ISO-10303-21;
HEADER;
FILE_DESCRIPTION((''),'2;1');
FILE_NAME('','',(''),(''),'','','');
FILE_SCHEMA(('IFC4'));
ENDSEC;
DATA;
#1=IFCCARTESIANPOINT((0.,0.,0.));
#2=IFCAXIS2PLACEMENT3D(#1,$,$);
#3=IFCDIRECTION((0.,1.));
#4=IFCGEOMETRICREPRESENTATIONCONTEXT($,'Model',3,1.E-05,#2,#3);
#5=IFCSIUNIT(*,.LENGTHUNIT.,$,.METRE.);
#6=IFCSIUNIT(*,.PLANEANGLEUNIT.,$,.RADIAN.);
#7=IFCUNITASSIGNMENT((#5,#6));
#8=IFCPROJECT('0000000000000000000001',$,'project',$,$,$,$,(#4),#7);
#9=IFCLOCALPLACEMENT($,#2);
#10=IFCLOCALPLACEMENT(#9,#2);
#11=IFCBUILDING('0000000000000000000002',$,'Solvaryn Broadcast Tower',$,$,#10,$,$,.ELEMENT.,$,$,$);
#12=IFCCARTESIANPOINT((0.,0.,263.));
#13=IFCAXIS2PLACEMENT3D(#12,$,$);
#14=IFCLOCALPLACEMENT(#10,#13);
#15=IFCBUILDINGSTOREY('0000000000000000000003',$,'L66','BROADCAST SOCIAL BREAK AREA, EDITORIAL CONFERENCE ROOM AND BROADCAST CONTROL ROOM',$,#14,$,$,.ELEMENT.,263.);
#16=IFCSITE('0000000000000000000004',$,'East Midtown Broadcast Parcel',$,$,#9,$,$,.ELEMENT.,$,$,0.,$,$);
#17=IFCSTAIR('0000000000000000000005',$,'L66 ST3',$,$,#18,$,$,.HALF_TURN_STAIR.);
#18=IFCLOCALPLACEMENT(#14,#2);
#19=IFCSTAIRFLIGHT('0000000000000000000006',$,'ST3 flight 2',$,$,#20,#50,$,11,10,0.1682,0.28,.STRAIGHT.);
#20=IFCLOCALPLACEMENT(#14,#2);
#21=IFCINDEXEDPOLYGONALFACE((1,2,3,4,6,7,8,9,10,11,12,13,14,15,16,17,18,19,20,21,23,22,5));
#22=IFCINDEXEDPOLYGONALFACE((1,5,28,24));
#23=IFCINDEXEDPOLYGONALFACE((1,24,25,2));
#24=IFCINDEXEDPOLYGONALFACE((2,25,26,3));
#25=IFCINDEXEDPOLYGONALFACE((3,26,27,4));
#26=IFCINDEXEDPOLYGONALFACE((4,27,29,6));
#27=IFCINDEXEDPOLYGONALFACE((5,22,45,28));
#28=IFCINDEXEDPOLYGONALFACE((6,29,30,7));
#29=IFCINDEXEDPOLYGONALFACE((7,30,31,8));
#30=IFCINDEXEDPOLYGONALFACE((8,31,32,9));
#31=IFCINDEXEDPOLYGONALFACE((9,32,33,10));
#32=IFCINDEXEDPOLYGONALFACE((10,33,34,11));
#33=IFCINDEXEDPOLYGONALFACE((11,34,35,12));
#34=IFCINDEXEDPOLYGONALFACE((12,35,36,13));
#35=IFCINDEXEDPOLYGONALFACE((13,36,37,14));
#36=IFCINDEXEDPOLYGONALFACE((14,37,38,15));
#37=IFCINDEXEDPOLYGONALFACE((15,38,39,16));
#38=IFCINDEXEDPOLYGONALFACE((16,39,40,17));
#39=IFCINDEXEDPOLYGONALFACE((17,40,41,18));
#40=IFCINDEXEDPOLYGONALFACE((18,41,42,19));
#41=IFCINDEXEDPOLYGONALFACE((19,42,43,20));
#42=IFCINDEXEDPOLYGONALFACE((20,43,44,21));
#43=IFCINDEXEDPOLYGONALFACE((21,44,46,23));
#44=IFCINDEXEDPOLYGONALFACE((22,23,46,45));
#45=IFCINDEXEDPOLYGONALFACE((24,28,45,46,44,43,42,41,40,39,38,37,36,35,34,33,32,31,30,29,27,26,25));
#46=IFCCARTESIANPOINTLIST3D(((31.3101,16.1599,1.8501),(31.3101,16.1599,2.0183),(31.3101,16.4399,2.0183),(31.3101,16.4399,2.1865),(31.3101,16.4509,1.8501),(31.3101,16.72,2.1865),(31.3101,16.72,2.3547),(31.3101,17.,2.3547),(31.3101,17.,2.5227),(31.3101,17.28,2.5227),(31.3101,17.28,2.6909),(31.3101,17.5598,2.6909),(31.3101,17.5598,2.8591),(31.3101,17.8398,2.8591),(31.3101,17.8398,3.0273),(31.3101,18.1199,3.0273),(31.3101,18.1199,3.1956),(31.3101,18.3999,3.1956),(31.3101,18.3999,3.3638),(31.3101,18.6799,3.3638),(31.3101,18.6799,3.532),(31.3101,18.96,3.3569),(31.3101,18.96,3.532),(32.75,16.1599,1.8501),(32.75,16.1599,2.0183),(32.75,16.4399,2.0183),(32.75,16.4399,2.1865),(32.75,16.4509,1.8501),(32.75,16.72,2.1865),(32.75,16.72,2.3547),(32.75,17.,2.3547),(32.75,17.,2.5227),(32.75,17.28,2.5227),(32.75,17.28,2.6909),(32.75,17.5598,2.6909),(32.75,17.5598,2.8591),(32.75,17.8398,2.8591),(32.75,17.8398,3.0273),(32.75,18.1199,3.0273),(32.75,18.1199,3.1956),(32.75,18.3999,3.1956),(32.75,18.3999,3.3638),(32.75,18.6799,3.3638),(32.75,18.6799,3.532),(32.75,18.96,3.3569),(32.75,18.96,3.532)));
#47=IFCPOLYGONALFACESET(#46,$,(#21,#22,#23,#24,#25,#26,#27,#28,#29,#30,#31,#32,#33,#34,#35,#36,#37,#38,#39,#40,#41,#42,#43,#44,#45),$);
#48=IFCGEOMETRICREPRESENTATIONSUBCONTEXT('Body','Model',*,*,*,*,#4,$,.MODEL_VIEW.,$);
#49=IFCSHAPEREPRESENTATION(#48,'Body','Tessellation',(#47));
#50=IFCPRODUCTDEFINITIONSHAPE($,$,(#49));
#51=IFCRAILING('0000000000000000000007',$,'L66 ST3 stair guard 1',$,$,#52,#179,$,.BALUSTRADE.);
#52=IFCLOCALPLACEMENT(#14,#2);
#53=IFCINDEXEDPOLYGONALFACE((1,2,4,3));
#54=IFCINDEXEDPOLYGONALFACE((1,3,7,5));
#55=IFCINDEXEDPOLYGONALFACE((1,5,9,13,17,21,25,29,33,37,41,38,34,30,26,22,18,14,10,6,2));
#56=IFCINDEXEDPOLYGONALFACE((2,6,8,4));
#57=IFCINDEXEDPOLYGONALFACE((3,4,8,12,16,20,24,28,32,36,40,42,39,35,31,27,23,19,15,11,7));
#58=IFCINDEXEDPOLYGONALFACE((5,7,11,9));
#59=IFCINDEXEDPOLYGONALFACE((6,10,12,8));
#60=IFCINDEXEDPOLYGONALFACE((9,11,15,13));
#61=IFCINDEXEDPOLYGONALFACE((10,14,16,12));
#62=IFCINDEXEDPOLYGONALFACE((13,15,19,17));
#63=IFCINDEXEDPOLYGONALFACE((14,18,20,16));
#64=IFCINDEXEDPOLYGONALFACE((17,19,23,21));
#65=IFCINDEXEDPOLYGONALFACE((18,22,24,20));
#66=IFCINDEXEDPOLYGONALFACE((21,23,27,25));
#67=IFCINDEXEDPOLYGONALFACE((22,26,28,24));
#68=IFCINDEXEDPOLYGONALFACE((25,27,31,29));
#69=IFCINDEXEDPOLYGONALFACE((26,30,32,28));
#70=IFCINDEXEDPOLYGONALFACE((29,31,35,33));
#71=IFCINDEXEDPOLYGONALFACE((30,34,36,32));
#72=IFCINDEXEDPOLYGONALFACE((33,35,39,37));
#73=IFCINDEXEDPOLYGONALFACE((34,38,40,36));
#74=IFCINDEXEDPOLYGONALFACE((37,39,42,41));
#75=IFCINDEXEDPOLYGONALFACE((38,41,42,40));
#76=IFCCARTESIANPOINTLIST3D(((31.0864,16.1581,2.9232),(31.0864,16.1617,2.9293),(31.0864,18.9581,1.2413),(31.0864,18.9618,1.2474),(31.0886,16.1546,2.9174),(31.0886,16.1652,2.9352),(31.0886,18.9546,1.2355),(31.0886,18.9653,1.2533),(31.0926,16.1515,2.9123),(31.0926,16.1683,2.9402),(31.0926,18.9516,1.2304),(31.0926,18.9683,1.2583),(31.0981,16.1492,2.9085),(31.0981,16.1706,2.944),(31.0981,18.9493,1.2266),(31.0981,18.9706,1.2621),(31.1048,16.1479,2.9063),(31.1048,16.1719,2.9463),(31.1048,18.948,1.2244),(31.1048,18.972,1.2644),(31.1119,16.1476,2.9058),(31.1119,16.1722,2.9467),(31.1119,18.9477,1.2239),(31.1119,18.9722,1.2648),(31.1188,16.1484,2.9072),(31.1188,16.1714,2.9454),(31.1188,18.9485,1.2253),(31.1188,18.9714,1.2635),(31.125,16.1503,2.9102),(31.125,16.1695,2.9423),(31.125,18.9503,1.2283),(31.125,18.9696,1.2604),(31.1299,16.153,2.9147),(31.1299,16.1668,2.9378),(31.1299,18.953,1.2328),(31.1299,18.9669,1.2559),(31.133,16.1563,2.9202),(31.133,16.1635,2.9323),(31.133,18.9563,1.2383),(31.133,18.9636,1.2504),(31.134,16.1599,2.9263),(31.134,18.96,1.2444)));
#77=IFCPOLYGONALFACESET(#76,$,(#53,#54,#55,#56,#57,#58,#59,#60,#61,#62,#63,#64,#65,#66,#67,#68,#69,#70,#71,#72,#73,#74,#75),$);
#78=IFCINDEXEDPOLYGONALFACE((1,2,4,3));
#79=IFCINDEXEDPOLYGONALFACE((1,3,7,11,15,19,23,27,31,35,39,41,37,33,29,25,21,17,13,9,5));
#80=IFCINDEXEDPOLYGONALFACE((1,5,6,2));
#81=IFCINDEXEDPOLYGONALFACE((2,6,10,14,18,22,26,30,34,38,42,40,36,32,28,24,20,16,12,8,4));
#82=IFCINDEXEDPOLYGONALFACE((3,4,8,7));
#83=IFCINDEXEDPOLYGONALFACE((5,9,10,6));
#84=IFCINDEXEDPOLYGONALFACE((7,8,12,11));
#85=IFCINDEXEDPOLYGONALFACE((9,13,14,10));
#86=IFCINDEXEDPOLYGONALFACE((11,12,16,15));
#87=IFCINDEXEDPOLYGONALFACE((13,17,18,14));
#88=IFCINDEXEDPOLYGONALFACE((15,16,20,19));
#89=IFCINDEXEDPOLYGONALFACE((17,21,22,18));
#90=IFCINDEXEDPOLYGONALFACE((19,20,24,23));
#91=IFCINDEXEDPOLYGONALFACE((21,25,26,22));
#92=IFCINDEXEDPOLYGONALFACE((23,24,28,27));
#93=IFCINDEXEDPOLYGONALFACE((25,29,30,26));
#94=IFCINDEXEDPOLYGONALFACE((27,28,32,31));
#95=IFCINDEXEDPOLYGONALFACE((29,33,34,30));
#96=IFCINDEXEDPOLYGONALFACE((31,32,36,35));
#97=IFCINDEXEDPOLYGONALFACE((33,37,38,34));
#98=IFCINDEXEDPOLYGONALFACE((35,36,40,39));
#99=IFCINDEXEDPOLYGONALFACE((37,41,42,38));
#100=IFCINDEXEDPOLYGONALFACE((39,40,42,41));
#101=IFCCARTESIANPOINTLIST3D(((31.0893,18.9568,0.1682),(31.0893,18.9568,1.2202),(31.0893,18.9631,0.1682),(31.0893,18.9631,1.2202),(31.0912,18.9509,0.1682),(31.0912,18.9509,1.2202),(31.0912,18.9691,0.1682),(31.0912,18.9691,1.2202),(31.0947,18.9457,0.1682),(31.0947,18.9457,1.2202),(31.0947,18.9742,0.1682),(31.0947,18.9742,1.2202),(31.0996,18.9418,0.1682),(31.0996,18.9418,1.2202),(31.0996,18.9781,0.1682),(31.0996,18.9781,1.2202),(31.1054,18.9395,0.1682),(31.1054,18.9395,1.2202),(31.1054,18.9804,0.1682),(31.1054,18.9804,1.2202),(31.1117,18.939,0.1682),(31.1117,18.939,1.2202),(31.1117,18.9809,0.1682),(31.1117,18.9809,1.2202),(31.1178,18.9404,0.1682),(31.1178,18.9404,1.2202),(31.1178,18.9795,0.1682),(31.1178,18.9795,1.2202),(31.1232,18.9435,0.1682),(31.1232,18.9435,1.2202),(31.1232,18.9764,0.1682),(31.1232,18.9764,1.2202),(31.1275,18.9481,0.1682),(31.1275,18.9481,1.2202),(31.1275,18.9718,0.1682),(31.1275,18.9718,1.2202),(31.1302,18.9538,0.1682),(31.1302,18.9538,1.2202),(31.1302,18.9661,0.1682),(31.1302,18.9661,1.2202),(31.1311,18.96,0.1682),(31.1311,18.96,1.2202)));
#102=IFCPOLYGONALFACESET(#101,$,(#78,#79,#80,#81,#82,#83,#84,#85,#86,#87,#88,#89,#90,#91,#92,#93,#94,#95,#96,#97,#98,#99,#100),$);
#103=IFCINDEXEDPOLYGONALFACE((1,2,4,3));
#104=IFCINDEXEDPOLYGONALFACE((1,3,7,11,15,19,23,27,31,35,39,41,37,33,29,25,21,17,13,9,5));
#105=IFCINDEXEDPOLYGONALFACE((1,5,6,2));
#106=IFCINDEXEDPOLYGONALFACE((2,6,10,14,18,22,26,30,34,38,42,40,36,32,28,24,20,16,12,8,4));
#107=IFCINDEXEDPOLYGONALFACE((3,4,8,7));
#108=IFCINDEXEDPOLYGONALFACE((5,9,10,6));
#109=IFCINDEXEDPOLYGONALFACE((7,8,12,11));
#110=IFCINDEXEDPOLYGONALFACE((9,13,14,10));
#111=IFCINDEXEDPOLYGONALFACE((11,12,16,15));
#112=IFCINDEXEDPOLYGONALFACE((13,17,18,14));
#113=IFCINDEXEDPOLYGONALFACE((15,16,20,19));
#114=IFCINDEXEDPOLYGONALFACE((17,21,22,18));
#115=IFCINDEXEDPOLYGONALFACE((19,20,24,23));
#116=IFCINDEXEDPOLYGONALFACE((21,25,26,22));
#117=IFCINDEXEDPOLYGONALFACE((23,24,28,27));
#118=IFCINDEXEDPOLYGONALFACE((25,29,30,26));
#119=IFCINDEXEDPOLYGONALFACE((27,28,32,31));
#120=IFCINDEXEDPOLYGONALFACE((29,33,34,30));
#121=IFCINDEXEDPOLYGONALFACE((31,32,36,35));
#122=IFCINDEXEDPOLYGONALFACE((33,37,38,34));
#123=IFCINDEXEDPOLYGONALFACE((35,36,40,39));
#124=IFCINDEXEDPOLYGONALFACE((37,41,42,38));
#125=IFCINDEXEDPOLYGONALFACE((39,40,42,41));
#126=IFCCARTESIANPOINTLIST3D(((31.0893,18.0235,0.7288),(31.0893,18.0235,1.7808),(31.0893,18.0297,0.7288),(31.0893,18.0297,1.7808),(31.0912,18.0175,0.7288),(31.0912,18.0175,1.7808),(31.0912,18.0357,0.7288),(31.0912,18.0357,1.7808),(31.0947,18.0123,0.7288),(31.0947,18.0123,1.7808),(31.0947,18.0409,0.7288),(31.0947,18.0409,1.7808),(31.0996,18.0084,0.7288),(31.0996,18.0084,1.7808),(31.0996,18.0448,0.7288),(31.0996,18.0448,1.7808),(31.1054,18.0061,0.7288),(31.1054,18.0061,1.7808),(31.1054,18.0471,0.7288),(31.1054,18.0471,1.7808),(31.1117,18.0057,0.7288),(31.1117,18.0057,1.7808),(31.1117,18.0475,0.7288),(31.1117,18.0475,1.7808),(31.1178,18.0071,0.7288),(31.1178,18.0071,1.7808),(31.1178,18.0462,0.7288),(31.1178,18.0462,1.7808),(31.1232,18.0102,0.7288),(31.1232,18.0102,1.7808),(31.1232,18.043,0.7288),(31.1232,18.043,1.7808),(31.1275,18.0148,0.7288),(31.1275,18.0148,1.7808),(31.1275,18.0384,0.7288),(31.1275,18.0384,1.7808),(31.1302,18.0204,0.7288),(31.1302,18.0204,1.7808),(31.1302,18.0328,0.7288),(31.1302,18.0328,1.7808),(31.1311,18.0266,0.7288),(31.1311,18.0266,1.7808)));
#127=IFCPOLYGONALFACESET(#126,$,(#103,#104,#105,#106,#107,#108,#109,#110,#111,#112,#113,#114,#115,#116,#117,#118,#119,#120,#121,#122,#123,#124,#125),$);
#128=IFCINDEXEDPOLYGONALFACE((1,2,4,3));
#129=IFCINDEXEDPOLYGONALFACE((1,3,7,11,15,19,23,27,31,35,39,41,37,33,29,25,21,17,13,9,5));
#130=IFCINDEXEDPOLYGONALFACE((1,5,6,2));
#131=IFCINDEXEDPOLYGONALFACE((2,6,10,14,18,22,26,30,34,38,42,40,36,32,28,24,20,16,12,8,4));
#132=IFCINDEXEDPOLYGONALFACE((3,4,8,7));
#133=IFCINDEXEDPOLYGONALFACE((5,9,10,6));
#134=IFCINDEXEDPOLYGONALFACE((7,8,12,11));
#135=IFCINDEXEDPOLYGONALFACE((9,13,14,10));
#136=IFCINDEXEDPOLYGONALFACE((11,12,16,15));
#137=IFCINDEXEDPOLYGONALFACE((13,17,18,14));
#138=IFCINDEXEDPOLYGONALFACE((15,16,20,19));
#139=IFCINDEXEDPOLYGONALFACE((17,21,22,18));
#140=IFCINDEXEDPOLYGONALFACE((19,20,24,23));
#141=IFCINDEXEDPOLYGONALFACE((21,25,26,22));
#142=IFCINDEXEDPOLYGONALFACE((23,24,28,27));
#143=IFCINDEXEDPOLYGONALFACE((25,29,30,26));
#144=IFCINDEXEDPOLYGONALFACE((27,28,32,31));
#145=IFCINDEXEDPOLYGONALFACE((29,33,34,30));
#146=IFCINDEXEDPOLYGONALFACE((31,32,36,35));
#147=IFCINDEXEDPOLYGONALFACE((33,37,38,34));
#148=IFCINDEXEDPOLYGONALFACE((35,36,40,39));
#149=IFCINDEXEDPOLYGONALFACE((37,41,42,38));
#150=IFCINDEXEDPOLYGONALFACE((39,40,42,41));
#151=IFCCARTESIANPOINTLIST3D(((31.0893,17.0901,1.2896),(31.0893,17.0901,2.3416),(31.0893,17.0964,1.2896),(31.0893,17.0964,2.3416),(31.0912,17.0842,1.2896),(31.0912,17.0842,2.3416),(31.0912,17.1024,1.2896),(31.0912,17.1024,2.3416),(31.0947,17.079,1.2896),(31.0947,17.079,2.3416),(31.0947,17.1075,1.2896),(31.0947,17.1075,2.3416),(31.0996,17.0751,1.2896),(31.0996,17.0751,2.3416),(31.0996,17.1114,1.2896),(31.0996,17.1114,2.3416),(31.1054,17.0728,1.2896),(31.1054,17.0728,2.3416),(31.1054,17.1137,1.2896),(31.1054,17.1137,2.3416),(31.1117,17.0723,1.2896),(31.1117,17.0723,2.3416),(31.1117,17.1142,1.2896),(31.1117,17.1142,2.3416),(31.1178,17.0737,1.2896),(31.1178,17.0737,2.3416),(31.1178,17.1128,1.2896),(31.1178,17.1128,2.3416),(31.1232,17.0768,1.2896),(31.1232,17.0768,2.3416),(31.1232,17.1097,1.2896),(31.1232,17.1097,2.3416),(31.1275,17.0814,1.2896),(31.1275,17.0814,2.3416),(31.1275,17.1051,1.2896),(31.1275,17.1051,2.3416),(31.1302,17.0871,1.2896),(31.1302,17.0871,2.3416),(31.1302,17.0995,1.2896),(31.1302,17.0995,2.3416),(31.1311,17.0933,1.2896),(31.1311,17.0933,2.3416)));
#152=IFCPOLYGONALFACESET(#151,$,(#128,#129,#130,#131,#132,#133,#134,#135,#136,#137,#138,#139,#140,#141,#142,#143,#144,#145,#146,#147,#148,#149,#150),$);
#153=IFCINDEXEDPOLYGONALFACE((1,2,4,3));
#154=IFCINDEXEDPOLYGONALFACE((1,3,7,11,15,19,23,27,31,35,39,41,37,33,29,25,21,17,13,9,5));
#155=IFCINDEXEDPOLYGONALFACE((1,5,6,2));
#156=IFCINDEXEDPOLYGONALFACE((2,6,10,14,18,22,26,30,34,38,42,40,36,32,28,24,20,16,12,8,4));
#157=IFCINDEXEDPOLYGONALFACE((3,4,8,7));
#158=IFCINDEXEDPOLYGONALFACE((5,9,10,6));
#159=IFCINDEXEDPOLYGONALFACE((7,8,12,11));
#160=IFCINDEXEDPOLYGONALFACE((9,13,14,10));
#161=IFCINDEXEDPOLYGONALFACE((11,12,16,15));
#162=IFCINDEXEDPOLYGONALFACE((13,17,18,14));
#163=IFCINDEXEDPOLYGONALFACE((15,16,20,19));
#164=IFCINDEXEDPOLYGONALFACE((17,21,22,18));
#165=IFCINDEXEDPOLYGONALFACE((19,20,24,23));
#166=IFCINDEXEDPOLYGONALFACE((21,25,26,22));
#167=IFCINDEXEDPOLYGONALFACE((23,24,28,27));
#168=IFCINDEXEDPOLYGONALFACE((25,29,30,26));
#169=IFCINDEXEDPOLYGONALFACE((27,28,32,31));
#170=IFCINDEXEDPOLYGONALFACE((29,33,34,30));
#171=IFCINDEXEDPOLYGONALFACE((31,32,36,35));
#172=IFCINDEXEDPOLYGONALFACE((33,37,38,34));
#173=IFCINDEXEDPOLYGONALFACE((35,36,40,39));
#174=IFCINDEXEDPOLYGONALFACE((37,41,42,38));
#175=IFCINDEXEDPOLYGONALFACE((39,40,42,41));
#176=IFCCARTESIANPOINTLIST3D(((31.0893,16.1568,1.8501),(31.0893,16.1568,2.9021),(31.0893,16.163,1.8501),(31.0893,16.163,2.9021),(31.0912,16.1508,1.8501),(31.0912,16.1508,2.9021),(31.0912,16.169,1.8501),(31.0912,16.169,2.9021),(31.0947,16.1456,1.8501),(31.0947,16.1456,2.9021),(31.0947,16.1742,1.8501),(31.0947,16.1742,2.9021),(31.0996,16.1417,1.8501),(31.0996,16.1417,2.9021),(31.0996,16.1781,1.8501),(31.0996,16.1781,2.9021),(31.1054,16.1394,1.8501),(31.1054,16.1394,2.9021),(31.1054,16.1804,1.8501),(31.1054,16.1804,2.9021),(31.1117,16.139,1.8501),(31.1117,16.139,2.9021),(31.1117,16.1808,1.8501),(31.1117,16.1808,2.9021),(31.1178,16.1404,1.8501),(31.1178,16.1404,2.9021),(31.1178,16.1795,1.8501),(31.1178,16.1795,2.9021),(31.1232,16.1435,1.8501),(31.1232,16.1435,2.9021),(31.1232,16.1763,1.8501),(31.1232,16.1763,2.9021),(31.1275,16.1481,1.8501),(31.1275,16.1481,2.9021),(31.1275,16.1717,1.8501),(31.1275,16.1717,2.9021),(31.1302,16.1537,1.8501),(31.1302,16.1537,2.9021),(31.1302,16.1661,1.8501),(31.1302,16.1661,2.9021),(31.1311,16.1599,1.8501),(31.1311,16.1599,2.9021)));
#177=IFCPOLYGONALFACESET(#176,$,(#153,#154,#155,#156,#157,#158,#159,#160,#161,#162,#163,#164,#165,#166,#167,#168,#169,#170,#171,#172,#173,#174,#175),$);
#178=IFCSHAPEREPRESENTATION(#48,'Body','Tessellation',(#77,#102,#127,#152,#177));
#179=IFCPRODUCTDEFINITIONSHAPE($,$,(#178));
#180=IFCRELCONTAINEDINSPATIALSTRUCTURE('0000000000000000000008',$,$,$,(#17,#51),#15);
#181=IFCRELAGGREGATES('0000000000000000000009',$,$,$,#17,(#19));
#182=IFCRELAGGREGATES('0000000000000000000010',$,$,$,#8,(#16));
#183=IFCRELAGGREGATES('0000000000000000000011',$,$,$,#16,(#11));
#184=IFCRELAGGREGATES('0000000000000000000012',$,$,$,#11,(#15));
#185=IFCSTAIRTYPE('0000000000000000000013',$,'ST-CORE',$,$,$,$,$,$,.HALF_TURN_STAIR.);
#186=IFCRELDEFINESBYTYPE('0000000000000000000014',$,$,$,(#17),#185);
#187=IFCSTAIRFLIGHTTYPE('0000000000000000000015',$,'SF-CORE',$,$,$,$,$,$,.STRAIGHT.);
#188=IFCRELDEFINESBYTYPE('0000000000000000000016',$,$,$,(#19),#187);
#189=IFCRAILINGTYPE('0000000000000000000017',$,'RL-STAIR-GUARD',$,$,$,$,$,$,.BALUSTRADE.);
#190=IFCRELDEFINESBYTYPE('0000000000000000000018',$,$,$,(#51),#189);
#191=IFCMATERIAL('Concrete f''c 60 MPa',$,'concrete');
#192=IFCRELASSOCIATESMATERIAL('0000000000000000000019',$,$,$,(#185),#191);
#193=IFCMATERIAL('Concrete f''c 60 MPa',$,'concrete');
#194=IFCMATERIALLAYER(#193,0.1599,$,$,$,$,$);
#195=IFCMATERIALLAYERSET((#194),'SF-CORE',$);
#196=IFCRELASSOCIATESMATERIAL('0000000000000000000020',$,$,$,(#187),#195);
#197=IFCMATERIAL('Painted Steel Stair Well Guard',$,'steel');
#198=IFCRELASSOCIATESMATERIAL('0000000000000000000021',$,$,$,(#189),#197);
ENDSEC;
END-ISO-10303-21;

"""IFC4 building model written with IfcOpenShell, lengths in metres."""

from ifc_helpers import new_model, si_unit, direction, frame, origin, origin_2d, place, context, subcontext, project, spatial, polyline, circle, outline, extrude, material, layer, layer_set, type_object, element, aggregate, save


model = new_model("IFC4")

# Units and contexts
model_context = context("Model", 3, precision=1e-05, world=origin(), true_north=direction((0.0, 1.0)))
body_context = subcontext(model_context, "Body", "Model", "MODEL_VIEW")
ifc_project = project(units=[si_unit("LENGTHUNIT", "METRE"), si_unit("PLANEANGLEUNIT", "RADIAN")], contexts=[model_context])

# Site, building, storey
site_placement = place(None, origin())
site = spatial("IfcSite", under=ifc_project, at=site_placement, Name="East Midtown Broadcast Parcel", CompositionType="ELEMENT", RefElevation=0.0)
building_placement = place(site_placement, origin())
building = spatial("IfcBuilding", under=site, at=building_placement, Name="Solvaryn Broadcast Tower", CompositionType="ELEMENT")
storey_placement = place(building_placement, frame((0.0, 0.0, 263.0)))
storey = spatial("IfcBuildingStorey", under=building, at=storey_placement, Name="L66", Description="BROADCAST SOCIAL BREAK AREA, EDITORIAL CONFERENCE ROOM AND BROADCAST CONTROL ROOM", CompositionType="ELEMENT", Elevation=263.0)

# Stair, stair flight
ifc_material_1 = material(Name="Concrete f'c 60 MPa", Category="concrete")
stair_type = type_object("IfcStairType", Name="ST-CORE", PredefinedType="HALF_TURN_STAIR", material=ifc_material_1)
stair_placement = place(storey_placement, origin())
stair = element("IfcStair", 1, at=stair_placement, inside=storey, type_object=stair_type, Name="L66 ST3", PredefinedType="HALF_TURN_STAIR")
ifc_material_2 = material(Name="Concrete f'c 60 MPa", Category="concrete")
ifc_layer_1 = layer(ifc_material_2, 0.1599)
ifc_layer_set_1 = layer_set([ifc_layer_1], Name="SF-CORE")
stair_flight_type = type_object("IfcStairFlightType", Name="SF-CORE", PredefinedType="STRAIGHT", material=ifc_layer_set_1)
stair_flight_1_placement = place(storey_placement, frame((32.03, 16.1599, 1.8501), z_axis=(0.0, 0.0, 1.0), x_axis=(0.0, 1.0, 0.0)))
stair_flight_1 = element("IfcStairFlight", 2, at=stair_flight_1_placement, type_object=stair_flight_type, Name="ST3 flight 2", NumberOfRisers=11, NumberOfTreads=10, PredefinedType="STRAIGHT", RiserHeight=0.1682, TreadLength=0.28, context=body_context, shape_type="SweptSolid", body=[
    extrude(outline(polyline([(0.0, 0.0), (0.0, 0.1682), (0.28, 0.1682), (0.28, 0.3364), (0.5601, 0.3364), (0.5601, 0.5046), (0.8401, 0.5046), (0.8401, 0.6726), (1.1201, 0.6726), (1.1201, 0.8408), (1.3999, 0.8408), (1.3999, 1.009), (1.6799, 1.009), (1.6799, 1.1772), (1.96, 1.1772), (1.96, 1.3455), (2.24, 1.3455), (2.24, 1.5137), (2.52, 1.5137), (2.52, 1.6819), (2.8, 1.6819), (2.8, 1.8501), (2.8, 1.5068), (0.291, 0.0), (0.0, 0.0)])), frame((0.0, 0.72, 0.0), z_axis=(0.0, -1.0, 0.0), x_axis=(1.0, 0.0, 0.0)), (0.0, 0.0, 1.0), 1.4399),
])
aggregate(stair, [stair_flight_1])

# Railing
ifc_material_3 = material(Name="Painted Steel Stair Well Guard", Category="steel")
railing_type_1 = type_object("IfcRailingType", Name="RL-STAIR-GUARD", PredefinedType="BALUSTRADE", material=ifc_material_3)
railing_1_placement = place(storey_placement, frame((31.1101, 18.96, 0.1682)))
element("IfcRailing", 3, at=railing_1_placement, inside=storey, type_object=railing_type_1, Name="L66 ST3 stair guard 1", PredefinedType="BALUSTRADE", context=body_context, shape_type="SweptSolid", body=[
    extrude(circle(Radius=0.0239, at=origin_2d()), frame((0.0, 0.0, 1.0762), z_axis=(0.0, -0.857242, 0.514913), x_axis=(1.0, 0.0, 0.0)), (0.0, 0.0, 1.0), 3.2664),
    extrude(circle(Radius=0.021, at=origin_2d()), origin(), (0.0, 0.0, 1.0), 1.052),
    extrude(circle(Radius=0.021, at=origin_2d()), frame((0.0, -0.9333, 0.5605)), (0.0, 0.0, 1.0), 1.052),
    extrude(circle(Radius=0.021, at=origin_2d()), frame((0.0, -1.8667, 1.1213)), (0.0, 0.0, 1.0), 1.052),
    extrude(circle(Radius=0.021, at=origin_2d()), frame((0.0, -2.8, 1.6819)), (0.0, 0.0, 1.0), 1.052),
])

save(model, "model.ifc")
